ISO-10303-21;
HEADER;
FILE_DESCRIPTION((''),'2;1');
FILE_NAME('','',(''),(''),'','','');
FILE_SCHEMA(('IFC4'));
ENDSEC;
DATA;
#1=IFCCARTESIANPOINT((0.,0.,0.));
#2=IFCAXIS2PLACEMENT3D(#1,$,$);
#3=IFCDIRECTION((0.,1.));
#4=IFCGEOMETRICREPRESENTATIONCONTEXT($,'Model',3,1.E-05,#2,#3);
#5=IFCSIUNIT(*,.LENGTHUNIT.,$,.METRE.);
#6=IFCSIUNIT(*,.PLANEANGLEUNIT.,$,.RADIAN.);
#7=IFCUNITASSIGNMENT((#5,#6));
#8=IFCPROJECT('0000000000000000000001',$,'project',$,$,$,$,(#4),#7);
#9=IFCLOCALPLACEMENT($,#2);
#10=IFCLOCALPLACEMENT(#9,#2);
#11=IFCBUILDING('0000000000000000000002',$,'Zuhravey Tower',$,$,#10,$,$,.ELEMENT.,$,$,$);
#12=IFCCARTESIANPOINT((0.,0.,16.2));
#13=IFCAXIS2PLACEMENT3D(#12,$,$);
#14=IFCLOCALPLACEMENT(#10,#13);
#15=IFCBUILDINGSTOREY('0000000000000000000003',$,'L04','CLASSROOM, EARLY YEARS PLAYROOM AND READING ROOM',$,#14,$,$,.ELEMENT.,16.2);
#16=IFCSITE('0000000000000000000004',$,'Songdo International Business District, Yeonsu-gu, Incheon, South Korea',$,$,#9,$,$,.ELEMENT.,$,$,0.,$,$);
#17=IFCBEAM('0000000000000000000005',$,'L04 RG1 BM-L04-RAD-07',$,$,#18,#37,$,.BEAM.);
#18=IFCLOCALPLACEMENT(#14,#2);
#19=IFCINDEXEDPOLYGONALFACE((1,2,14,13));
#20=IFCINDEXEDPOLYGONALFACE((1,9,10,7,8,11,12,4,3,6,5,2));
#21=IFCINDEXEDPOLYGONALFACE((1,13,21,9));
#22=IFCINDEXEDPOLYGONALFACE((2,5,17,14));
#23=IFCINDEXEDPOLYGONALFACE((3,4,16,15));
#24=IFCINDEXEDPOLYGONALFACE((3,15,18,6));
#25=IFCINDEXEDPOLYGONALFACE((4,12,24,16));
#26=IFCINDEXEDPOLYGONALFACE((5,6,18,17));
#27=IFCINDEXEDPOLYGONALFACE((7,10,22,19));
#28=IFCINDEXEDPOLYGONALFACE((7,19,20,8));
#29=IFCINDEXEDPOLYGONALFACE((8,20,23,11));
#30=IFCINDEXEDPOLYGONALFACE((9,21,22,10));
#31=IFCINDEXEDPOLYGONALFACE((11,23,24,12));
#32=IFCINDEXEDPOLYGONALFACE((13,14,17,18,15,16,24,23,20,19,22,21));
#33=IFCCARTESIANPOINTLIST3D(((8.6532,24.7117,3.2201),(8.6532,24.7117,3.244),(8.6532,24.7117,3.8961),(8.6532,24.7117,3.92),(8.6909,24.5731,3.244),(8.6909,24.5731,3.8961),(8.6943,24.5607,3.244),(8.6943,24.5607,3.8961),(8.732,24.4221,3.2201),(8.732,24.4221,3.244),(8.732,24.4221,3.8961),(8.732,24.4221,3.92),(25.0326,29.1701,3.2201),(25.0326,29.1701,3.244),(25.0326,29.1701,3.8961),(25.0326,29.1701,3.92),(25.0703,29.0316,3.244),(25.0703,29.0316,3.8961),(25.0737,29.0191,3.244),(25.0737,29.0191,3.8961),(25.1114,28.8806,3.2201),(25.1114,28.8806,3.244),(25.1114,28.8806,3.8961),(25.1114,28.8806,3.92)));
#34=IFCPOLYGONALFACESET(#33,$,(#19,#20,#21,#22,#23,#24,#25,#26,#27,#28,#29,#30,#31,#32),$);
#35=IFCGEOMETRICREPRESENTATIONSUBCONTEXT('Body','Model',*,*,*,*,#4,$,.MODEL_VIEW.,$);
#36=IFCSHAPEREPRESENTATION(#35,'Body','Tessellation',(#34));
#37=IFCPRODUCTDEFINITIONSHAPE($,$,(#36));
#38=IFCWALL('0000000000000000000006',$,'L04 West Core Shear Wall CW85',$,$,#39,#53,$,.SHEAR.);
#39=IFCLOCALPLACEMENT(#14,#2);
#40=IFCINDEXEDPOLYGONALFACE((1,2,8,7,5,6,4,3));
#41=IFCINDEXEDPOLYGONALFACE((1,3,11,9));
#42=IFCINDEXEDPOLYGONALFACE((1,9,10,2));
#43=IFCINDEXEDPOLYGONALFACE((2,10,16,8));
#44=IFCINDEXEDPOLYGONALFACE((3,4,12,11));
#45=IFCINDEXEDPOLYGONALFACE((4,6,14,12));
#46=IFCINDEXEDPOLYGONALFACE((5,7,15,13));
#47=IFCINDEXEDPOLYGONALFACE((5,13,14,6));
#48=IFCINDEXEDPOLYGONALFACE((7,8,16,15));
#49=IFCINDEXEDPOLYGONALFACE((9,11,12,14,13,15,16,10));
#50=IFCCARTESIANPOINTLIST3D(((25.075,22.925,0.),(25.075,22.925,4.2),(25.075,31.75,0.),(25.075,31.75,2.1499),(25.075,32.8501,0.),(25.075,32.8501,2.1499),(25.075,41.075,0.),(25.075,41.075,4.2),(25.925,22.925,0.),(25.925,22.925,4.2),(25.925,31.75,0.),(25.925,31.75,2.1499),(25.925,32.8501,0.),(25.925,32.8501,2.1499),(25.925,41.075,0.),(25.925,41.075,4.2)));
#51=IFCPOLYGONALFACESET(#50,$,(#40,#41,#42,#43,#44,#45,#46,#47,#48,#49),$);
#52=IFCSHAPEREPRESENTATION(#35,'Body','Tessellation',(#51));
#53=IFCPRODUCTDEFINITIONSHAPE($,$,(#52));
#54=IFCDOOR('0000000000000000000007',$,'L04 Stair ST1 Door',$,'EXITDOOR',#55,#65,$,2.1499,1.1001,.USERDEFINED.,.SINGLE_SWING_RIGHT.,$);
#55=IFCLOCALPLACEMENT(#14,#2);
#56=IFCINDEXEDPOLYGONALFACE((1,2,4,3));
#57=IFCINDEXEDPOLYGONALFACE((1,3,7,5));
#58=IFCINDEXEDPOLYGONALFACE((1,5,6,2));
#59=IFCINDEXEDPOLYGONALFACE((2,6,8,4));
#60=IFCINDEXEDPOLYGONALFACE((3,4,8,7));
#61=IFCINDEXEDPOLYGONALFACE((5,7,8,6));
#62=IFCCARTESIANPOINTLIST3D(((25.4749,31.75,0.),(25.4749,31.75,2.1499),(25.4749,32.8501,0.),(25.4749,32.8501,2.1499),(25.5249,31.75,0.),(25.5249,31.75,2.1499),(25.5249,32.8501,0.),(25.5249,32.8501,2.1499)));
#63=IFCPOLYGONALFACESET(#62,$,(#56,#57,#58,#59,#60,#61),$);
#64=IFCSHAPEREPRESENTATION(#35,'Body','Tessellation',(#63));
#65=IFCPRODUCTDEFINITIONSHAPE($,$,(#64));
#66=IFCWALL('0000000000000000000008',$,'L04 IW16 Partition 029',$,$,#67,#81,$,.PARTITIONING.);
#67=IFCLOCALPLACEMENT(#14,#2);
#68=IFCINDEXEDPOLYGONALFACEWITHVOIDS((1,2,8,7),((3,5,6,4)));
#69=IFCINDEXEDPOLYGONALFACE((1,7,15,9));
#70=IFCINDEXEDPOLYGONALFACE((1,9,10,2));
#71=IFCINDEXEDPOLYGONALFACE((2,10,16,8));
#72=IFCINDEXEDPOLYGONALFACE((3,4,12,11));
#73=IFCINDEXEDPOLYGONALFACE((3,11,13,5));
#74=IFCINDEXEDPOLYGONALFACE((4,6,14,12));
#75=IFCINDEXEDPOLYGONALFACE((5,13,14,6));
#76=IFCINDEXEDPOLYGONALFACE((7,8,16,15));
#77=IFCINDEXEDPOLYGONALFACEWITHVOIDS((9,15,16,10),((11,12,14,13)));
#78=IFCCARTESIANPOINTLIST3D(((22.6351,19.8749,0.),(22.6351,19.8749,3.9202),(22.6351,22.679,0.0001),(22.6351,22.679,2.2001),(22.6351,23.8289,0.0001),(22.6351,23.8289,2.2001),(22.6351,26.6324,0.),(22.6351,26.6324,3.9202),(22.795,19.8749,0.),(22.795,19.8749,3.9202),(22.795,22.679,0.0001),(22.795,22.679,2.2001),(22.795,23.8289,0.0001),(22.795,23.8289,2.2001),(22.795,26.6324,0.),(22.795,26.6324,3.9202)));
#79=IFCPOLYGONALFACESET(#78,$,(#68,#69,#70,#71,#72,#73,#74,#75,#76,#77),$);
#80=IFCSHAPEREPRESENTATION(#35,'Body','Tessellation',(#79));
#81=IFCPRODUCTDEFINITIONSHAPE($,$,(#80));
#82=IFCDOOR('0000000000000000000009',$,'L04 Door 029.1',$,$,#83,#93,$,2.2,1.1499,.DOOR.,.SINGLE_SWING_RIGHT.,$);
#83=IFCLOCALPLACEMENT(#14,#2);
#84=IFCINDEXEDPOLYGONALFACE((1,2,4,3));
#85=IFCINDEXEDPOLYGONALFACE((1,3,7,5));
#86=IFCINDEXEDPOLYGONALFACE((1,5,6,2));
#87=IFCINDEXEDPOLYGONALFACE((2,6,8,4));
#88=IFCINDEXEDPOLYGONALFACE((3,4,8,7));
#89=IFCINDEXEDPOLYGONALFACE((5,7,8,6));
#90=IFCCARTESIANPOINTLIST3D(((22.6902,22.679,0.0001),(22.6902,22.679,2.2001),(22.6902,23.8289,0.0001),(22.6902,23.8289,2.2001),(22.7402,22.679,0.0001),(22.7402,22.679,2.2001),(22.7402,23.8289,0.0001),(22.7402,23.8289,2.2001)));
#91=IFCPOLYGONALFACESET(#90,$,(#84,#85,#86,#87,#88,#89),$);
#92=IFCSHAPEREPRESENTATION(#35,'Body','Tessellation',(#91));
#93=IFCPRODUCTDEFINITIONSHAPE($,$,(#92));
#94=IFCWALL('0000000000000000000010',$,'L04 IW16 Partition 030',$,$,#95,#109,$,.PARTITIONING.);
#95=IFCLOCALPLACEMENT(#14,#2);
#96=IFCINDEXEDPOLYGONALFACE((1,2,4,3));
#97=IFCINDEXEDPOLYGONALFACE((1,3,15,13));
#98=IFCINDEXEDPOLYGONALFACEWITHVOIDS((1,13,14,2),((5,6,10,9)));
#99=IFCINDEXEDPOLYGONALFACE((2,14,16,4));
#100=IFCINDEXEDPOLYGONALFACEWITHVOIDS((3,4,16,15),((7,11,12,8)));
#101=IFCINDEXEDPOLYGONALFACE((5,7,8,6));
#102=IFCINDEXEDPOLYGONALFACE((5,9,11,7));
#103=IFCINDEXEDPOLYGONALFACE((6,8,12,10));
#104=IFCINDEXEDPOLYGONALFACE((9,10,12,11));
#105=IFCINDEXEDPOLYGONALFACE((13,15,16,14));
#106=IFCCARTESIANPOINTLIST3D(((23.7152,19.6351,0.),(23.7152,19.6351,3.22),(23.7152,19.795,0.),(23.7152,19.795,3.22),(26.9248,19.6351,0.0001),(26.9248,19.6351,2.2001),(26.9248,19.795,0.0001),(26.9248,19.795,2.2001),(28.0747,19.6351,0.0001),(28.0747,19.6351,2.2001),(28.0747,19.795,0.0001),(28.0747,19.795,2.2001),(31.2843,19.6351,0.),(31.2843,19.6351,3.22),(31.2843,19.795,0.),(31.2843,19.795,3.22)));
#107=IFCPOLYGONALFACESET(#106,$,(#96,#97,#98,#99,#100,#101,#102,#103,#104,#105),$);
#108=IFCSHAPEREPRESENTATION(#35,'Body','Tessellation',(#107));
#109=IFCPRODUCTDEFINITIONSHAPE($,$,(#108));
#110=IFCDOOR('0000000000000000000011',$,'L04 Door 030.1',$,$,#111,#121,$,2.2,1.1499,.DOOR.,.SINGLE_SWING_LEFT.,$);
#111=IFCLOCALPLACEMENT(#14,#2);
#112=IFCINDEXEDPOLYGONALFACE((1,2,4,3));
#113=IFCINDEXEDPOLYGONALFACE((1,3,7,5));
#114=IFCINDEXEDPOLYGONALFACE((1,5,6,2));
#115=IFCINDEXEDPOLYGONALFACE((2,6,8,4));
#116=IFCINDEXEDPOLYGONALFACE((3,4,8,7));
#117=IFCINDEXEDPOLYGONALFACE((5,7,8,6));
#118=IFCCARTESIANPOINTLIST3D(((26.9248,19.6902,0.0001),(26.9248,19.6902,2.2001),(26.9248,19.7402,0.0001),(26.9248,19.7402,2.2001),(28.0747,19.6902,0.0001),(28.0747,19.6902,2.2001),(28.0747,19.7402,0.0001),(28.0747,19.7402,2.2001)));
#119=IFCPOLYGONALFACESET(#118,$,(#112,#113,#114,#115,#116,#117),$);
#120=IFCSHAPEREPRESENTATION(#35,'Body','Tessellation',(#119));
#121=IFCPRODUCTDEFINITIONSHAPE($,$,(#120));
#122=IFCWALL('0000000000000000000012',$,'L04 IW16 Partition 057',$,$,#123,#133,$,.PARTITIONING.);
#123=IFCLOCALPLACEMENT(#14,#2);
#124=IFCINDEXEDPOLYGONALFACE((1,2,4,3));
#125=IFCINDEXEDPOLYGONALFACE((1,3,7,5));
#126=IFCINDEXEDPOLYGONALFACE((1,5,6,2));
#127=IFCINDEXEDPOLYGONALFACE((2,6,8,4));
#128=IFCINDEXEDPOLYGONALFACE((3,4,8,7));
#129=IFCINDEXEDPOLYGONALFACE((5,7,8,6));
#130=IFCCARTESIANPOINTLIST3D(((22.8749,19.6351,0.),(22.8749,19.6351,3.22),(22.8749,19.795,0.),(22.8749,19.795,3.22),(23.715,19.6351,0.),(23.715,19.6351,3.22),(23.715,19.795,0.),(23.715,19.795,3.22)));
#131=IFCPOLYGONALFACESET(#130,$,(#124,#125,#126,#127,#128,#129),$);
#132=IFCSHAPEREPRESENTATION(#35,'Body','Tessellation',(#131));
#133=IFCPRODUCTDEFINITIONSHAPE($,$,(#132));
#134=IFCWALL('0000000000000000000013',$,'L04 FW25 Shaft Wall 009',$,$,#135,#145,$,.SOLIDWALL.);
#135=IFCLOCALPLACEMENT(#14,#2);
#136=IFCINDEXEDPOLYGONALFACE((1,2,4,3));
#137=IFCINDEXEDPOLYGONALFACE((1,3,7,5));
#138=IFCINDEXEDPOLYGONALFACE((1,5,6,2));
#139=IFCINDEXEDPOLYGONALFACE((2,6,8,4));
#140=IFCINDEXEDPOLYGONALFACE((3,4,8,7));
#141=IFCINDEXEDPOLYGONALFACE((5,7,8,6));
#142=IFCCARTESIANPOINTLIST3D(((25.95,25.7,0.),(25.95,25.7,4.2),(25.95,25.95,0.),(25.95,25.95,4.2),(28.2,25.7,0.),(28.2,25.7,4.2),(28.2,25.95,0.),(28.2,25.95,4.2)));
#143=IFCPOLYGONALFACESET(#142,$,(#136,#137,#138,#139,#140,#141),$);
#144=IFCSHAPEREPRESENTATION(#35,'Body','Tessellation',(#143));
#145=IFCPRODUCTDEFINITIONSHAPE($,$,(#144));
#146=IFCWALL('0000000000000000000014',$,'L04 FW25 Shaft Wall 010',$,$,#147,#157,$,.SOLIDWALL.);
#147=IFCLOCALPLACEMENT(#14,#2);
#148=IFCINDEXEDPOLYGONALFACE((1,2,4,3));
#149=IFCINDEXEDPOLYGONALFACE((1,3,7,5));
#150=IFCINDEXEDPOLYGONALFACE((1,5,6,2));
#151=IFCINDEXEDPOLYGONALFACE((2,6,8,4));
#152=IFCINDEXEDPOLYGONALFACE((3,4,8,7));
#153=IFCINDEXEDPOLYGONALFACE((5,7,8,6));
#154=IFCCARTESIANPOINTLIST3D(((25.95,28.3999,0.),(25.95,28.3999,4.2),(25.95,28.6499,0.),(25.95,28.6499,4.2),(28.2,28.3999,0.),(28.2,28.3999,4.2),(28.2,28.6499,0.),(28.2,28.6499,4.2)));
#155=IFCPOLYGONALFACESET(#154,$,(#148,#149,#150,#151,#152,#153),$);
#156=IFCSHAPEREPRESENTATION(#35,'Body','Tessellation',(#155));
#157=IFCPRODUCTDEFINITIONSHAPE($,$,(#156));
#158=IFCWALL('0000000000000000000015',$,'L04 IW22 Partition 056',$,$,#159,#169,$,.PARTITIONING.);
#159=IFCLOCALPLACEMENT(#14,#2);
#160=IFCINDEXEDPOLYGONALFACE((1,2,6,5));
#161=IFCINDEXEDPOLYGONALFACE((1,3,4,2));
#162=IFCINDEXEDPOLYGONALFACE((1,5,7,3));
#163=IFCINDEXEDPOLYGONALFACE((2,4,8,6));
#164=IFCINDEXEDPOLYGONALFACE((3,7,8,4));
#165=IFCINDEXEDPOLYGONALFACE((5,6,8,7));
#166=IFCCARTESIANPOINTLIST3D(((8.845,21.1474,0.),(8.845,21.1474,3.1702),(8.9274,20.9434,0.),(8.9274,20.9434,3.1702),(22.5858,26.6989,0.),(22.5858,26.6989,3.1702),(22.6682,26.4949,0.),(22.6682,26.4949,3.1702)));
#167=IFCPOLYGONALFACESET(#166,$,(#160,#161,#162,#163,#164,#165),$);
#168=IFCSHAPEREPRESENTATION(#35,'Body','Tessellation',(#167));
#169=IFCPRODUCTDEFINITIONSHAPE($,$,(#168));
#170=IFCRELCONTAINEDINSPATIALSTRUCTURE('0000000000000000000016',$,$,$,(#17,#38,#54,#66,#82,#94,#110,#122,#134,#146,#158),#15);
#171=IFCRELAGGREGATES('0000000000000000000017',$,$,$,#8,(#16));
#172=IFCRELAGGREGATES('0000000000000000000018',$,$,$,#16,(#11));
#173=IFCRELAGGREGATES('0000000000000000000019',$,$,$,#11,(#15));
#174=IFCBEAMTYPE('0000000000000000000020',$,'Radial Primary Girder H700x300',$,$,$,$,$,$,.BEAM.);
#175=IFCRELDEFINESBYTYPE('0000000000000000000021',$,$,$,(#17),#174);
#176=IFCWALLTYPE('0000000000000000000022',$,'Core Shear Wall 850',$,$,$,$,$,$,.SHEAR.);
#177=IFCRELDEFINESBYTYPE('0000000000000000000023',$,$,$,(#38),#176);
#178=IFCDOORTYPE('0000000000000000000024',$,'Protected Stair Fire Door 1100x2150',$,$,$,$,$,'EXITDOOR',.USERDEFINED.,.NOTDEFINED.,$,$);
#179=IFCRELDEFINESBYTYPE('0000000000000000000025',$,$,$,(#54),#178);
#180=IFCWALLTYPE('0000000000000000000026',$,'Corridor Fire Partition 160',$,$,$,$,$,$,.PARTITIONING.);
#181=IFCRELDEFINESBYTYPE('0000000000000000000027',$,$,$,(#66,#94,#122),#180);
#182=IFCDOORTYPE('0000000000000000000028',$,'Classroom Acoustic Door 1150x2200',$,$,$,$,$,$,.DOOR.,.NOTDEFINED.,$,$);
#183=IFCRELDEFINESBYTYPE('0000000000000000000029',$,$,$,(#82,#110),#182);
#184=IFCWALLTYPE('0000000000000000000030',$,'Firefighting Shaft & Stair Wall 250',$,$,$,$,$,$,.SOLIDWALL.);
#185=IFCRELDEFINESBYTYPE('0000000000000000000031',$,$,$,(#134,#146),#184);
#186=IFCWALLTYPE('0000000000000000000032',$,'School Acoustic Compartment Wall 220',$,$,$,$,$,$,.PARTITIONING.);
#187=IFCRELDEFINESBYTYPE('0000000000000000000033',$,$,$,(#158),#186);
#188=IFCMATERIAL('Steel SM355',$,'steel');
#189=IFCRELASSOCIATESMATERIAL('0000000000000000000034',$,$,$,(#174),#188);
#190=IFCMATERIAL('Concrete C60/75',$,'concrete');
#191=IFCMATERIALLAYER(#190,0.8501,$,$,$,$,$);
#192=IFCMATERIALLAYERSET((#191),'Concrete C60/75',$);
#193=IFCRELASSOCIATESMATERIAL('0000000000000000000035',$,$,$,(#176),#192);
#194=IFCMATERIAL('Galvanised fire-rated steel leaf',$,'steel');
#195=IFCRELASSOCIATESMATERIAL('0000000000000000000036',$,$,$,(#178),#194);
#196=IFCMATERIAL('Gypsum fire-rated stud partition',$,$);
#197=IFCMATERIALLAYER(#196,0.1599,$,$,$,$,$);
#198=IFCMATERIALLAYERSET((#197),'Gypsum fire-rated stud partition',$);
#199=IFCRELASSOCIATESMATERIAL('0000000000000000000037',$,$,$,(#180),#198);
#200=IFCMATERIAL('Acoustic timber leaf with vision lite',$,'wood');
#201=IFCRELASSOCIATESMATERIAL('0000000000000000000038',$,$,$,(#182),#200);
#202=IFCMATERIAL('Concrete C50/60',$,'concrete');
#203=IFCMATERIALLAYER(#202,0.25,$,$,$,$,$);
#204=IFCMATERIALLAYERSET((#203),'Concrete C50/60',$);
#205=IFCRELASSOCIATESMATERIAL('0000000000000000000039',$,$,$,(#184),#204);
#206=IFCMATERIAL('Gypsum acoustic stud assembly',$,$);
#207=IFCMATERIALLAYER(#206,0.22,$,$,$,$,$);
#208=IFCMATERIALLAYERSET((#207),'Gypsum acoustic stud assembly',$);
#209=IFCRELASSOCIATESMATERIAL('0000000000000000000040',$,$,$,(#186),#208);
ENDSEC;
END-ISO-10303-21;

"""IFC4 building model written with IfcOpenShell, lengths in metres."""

from ifc_helpers import new_model, si_unit, direction, frame, frame_2d, origin, origin_2d, place, context, subcontext, project, spatial, rectangle, i_section, extrude, material, layer, layer_set, material_profile, profile_set, type_object, element, fill, save


model = new_model("IFC4")

# Units and contexts
model_context = context("Model", 3, precision=1e-05, world=origin(), true_north=direction((0.0, 1.0)))
body_context = subcontext(model_context, "Body", "Model", "MODEL_VIEW")
ifc_project = project(units=[si_unit("LENGTHUNIT", "METRE"), si_unit("PLANEANGLEUNIT", "RADIAN")], contexts=[model_context])

# Site, building, storey
site_placement = place(None, origin())
site = spatial("IfcSite", under=ifc_project, at=site_placement, Name="Songdo International Business District, Yeonsu-gu, Incheon, South Korea", CompositionType="ELEMENT", RefElevation=0.0)
building_placement = place(site_placement, origin())
building = spatial("IfcBuilding", under=site, at=building_placement, Name="Zuhravey Tower", CompositionType="ELEMENT")
storey_placement = place(building_placement, frame((0.0, 0.0, 16.2)))
storey = spatial("IfcBuildingStorey", under=building, at=storey_placement, Name="L04", Description="CLASSROOM, EARLY YEARS PLAYROOM AND READING ROOM", CompositionType="ELEMENT", Elevation=16.2)

# Beam
ifc_material_1 = material(Name="Steel SM355", Category="steel")
ifc_material_profile = material_profile(ifc_material_1, i_section(OverallWidth=0.3, OverallDepth=0.7, WebThickness=0.0129, FlangeThickness=0.0239, at=origin_2d()), Name="H-700x300x13x24")
ifc_profile_set = profile_set([ifc_material_profile], Name="Steel SM355")
beam_type = type_object("IfcBeamType", Name="Radial Primary Girder H700x300", PredefinedType="BEAM", material=ifc_profile_set)
beam_placement = place(storey_placement, frame((25.072, 29.0254, 3.5701), z_axis=(-0.964892, -0.262645, 0.0), x_axis=(0.262645, -0.964892, 0.0)))
element("IfcBeam", 1, at=beam_placement, inside=storey, type_object=beam_type, Name="L04 RG1 BM-L04-RAD-07", PredefinedType="BEAM", context=body_context, shape_type="SweptSolid", body=[
    extrude(i_section(OverallWidth=0.3, OverallDepth=0.7, WebThickness=0.0129, FlangeThickness=0.0239, at=origin_2d()), origin(), (0.0, 0.0, 1.0), 16.9753),
])

# Walls, openings, doors
ifc_material_2 = material(Name="Concrete C60/75", Category="concrete")
ifc_layer_1 = layer(ifc_material_2, 0.8501)
ifc_layer_set_1 = layer_set([ifc_layer_1], Name="Concrete C60/75")
wall_type_1 = type_object("IfcWallType", Name="Core Shear Wall 850", PredefinedType="SHEAR", material=ifc_layer_set_1)
ifc_material_3 = material(Name="Galvanised fire-rated steel leaf", Category="steel")
wall_1_placement = place(storey_placement, frame((25.5, 22.925, 0.0), z_axis=(0.0, 0.0, 1.0), x_axis=(0.0, 1.0, 0.0)))
wall_1 = element("IfcWall", 2, at=wall_1_placement, inside=storey, type_object=wall_type_1, Name="L04 West Core Shear Wall CW85", PredefinedType="SHEAR", context=body_context, shape_type="SweptSolid", body=[
    extrude(rectangle(XDim=18.1499, YDim=0.8501, at=frame_2d((9.075, 0.0))), origin(), (0.0, 0.0, 1.0), 4.2),
])
opening_1_placement = place(wall_1_placement, frame((8.825, 0.0, 0.0)))
opening_1 = element("IfcOpeningElement", 3, at=opening_1_placement, cuts=wall_1, PredefinedType="OPENING", context=body_context, shape_type="SweptSolid", body=[
    extrude(rectangle(XDim=1.1001, YDim=2.1499, at=frame_2d((0.55, 1.075))), frame((0.0, 0.437, 0.0), z_axis=(0.0, -1.0, 0.0), x_axis=(1.0, 0.0, 0.0)), (0.0, 0.0, 1.0), 0.874),
])
door_type_1 = type_object("IfcDoorType", Name="Protected Stair Fire Door 1100x2150", ElementType="EXITDOOR", OperationType="NOTDEFINED", PredefinedType="USERDEFINED", material=ifc_material_3)
door_1_placement = place(opening_1_placement, frame((1.1001, 0.0, 0.0), z_axis=(0.0, 0.0, 1.0), x_axis=(-1.0, 0.0, 0.0)))
door_1 = element("IfcDoor", 4, at=door_1_placement, inside=storey, type_object=door_type_1, Name="L04 Stair ST1 Door", ObjectType="EXITDOOR", OperationType="SINGLE_SWING_RIGHT", OverallHeight=2.1499, OverallWidth=1.1001, PredefinedType="USERDEFINED", context=body_context, shape_type="SweptSolid", body=[
    extrude(rectangle(XDim=1.1001, YDim=2.1499, at=frame_2d((0.55, 1.075))), frame((0.0, 0.0249, 0.0), z_axis=(0.0, -1.0, 0.0), x_axis=(1.0, 0.0, 0.0)), (0.0, 0.0, 1.0), 0.05),
])
fill(opening_1, door_1)
ifc_material_4 = material(Name="Gypsum fire-rated stud partition")
ifc_layer_2 = layer(ifc_material_4, 0.1599)
ifc_layer_set_2 = layer_set([ifc_layer_2], Name="Gypsum fire-rated stud partition")
wall_type_2 = type_object("IfcWallType", Name="Corridor Fire Partition 160", PredefinedType="PARTITIONING", material=ifc_layer_set_2)
wall_2_placement = place(storey_placement, frame((22.7151, 26.6326, 0.0), z_axis=(0.0, 0.0, 1.0), x_axis=(0.0, -1.0, 0.0)))
wall_2 = element("IfcWall", 5, at=wall_2_placement, inside=storey, type_object=wall_type_2, Name="L04 IW16 Partition 029", PredefinedType="PARTITIONING", context=body_context, shape_type="SweptSolid", body=[
    extrude(rectangle(XDim=6.7576, YDim=0.1599, at=frame_2d((3.3789, 0.0))), origin(), (0.0, 0.0, 1.0), 3.9202),
])
opening_2_placement = place(wall_2_placement, frame((2.8037, 0.0, 0.0)))
opening_2 = element("IfcOpeningElement", 6, at=opening_2_placement, cuts=wall_2, PredefinedType="OPENING", context=body_context, shape_type="SweptSolid", body=[
    extrude(rectangle(XDim=1.1499, YDim=2.2, at=frame_2d((0.575, 1.1001))), frame((0.0, 0.092, 0.0), z_axis=(0.0, -1.0, 0.0), x_axis=(1.0, 0.0, 0.0)), (0.0, 0.0, 1.0), 0.1838),
])
ifc_material_5 = material(Name="Acoustic timber leaf with vision lite", Category="wood")
door_type_2 = type_object("IfcDoorType", Name="Classroom Acoustic Door 1150x2200", OperationType="NOTDEFINED", PredefinedType="DOOR", material=ifc_material_5)
door_2_placement = place(opening_2_placement, frame((1.1499, 0.0, 0.0), z_axis=(0.0, 0.0, 1.0), x_axis=(-1.0, 0.0, 0.0)))
door_2 = element("IfcDoor", 7, at=door_2_placement, inside=storey, type_object=door_type_2, Name="L04 Door 029.1", OperationType="SINGLE_SWING_RIGHT", OverallHeight=2.2, OverallWidth=1.1499, PredefinedType="DOOR", context=body_context, shape_type="SweptSolid", body=[
    extrude(rectangle(XDim=1.1499, YDim=2.2, at=frame_2d((0.575, 1.1001))), frame((0.0, 0.0249, 0.0), z_axis=(0.0, -1.0, 0.0), x_axis=(1.0, 0.0, 0.0)), (0.0, 0.0, 1.0), 0.05),
])
fill(opening_2, door_2)
wall_3_placement = place(storey_placement, frame((23.7151, 19.7151, 0.0), z_axis=(0.0, 0.0, 1.0), x_axis=(1.0, 0.0, 0.0)))
wall_3 = element("IfcWall", 8, at=wall_3_placement, inside=storey, type_object=wall_type_2, Name="L04 IW16 Partition 030", PredefinedType="PARTITIONING", context=body_context, shape_type="SweptSolid", body=[
    extrude(rectangle(XDim=7.5691, YDim=0.1599, at=frame_2d((3.7847, 0.0))), origin(), (0.0, 0.0, 1.0), 3.22),
])
opening_3_placement = place(wall_3_placement, frame((3.2097, 0.0, 0.0)))
opening_3 = element("IfcOpeningElement", 9, at=opening_3_placement, cuts=wall_3, PredefinedType="OPENING", context=body_context, shape_type="SweptSolid", body=[
    extrude(rectangle(XDim=1.1499, YDim=2.2, at=frame_2d((0.575, 1.1001))), frame((0.0, 0.092, 0.0), z_axis=(0.0, -1.0, 0.0), x_axis=(1.0, 0.0, 0.0)), (0.0, 0.0, 1.0), 0.1838),
])
door_3_placement = place(opening_3_placement, frame((1.1499, 0.0, 0.0), z_axis=(0.0, 0.0, 1.0), x_axis=(-1.0, 0.0, 0.0)))
door_3 = element("IfcDoor", 10, at=door_3_placement, inside=storey, type_object=door_type_2, Name="L04 Door 030.1", OperationType="SINGLE_SWING_LEFT", OverallHeight=2.2, OverallWidth=1.1499, PredefinedType="DOOR", context=body_context, shape_type="SweptSolid", body=[
    extrude(rectangle(XDim=1.1499, YDim=2.2, at=frame_2d((0.575, 1.1001))), frame((0.0, 0.0249, 0.0), z_axis=(0.0, -1.0, 0.0), x_axis=(1.0, 0.0, 0.0)), (0.0, 0.0, 1.0), 0.05),
])
fill(opening_3, door_3)

# Walls
wall_4_placement = place(storey_placement, frame((22.875, 19.7151, 0.0), z_axis=(0.0, 0.0, 1.0), x_axis=(1.0, 0.0, 0.0)))
element("IfcWall", 11, at=wall_4_placement, inside=storey, type_object=wall_type_2, Name="L04 IW16 Partition 057", PredefinedType="PARTITIONING", context=body_context, shape_type="SweptSolid", body=[
    extrude(rectangle(XDim=0.8401, YDim=0.1599, at=frame_2d((0.4199, 0.0))), origin(), (0.0, 0.0, 1.0), 3.22),
])
ifc_material_6 = material(Name="Concrete C50/60", Category="concrete")
ifc_layer_3 = layer(ifc_material_6, 0.25)
ifc_layer_set_3 = layer_set([ifc_layer_3], Name="Concrete C50/60")
wall_type_3 = type_object("IfcWallType", Name="Firefighting Shaft & Stair Wall 250", PredefinedType="SOLIDWALL", material=ifc_layer_set_3)
for number, where, z_axis, x_axis, name in (
    (12, (25.95, 25.825, 0.0), (0.0, 0.0, 1.0), (1.0, 0.0, 0.0), "L04 FW25 Shaft Wall 009"),
    (13, (25.95, 28.5249, 0.0), (0.0, 0.0, 1.0), (1.0, 0.0, 0.0), "L04 FW25 Shaft Wall 010"),
):
    element("IfcWall", number, at=place(storey_placement, frame(where, z_axis=z_axis, x_axis=x_axis)), inside=storey, type_object=wall_type_3, Name=name, PredefinedType="SOLIDWALL", context=body_context, shape_type="SweptSolid", body=[
        extrude(rectangle(XDim=2.25, YDim=0.25, at=frame_2d((1.125, 0.0))), origin(), (0.0, 0.0, 1.0), 4.2),
    ])
ifc_material_7 = material(Name="Gypsum acoustic stud assembly")
ifc_layer_4 = layer(ifc_material_7, 0.22)
ifc_layer_set_4 = layer_set([ifc_layer_4], Name="Gypsum acoustic stud assembly")
wall_type_4 = type_object("IfcWallType", Name="School Acoustic Compartment Wall 220", PredefinedType="PARTITIONING", material=ifc_layer_set_4)
wall_5_placement = place(storey_placement, frame((22.627, 26.5969, 0.0), z_axis=(0.0, 0.0, 1.0), x_axis=(-0.927186, -0.374601, 0.0)))
element("IfcWall", 14, at=wall_5_placement, inside=storey, type_object=wall_type_4, Name="L04 IW22 Partition 056", PredefinedType="PARTITIONING", context=body_context, shape_type="SweptSolid", body=[
    extrude(rectangle(XDim=14.8198, YDim=0.22, at=frame_2d((7.4099, 0.0))), origin(), (0.0, 0.0, 1.0), 3.1702),
])

save(model, "model.ifc")
